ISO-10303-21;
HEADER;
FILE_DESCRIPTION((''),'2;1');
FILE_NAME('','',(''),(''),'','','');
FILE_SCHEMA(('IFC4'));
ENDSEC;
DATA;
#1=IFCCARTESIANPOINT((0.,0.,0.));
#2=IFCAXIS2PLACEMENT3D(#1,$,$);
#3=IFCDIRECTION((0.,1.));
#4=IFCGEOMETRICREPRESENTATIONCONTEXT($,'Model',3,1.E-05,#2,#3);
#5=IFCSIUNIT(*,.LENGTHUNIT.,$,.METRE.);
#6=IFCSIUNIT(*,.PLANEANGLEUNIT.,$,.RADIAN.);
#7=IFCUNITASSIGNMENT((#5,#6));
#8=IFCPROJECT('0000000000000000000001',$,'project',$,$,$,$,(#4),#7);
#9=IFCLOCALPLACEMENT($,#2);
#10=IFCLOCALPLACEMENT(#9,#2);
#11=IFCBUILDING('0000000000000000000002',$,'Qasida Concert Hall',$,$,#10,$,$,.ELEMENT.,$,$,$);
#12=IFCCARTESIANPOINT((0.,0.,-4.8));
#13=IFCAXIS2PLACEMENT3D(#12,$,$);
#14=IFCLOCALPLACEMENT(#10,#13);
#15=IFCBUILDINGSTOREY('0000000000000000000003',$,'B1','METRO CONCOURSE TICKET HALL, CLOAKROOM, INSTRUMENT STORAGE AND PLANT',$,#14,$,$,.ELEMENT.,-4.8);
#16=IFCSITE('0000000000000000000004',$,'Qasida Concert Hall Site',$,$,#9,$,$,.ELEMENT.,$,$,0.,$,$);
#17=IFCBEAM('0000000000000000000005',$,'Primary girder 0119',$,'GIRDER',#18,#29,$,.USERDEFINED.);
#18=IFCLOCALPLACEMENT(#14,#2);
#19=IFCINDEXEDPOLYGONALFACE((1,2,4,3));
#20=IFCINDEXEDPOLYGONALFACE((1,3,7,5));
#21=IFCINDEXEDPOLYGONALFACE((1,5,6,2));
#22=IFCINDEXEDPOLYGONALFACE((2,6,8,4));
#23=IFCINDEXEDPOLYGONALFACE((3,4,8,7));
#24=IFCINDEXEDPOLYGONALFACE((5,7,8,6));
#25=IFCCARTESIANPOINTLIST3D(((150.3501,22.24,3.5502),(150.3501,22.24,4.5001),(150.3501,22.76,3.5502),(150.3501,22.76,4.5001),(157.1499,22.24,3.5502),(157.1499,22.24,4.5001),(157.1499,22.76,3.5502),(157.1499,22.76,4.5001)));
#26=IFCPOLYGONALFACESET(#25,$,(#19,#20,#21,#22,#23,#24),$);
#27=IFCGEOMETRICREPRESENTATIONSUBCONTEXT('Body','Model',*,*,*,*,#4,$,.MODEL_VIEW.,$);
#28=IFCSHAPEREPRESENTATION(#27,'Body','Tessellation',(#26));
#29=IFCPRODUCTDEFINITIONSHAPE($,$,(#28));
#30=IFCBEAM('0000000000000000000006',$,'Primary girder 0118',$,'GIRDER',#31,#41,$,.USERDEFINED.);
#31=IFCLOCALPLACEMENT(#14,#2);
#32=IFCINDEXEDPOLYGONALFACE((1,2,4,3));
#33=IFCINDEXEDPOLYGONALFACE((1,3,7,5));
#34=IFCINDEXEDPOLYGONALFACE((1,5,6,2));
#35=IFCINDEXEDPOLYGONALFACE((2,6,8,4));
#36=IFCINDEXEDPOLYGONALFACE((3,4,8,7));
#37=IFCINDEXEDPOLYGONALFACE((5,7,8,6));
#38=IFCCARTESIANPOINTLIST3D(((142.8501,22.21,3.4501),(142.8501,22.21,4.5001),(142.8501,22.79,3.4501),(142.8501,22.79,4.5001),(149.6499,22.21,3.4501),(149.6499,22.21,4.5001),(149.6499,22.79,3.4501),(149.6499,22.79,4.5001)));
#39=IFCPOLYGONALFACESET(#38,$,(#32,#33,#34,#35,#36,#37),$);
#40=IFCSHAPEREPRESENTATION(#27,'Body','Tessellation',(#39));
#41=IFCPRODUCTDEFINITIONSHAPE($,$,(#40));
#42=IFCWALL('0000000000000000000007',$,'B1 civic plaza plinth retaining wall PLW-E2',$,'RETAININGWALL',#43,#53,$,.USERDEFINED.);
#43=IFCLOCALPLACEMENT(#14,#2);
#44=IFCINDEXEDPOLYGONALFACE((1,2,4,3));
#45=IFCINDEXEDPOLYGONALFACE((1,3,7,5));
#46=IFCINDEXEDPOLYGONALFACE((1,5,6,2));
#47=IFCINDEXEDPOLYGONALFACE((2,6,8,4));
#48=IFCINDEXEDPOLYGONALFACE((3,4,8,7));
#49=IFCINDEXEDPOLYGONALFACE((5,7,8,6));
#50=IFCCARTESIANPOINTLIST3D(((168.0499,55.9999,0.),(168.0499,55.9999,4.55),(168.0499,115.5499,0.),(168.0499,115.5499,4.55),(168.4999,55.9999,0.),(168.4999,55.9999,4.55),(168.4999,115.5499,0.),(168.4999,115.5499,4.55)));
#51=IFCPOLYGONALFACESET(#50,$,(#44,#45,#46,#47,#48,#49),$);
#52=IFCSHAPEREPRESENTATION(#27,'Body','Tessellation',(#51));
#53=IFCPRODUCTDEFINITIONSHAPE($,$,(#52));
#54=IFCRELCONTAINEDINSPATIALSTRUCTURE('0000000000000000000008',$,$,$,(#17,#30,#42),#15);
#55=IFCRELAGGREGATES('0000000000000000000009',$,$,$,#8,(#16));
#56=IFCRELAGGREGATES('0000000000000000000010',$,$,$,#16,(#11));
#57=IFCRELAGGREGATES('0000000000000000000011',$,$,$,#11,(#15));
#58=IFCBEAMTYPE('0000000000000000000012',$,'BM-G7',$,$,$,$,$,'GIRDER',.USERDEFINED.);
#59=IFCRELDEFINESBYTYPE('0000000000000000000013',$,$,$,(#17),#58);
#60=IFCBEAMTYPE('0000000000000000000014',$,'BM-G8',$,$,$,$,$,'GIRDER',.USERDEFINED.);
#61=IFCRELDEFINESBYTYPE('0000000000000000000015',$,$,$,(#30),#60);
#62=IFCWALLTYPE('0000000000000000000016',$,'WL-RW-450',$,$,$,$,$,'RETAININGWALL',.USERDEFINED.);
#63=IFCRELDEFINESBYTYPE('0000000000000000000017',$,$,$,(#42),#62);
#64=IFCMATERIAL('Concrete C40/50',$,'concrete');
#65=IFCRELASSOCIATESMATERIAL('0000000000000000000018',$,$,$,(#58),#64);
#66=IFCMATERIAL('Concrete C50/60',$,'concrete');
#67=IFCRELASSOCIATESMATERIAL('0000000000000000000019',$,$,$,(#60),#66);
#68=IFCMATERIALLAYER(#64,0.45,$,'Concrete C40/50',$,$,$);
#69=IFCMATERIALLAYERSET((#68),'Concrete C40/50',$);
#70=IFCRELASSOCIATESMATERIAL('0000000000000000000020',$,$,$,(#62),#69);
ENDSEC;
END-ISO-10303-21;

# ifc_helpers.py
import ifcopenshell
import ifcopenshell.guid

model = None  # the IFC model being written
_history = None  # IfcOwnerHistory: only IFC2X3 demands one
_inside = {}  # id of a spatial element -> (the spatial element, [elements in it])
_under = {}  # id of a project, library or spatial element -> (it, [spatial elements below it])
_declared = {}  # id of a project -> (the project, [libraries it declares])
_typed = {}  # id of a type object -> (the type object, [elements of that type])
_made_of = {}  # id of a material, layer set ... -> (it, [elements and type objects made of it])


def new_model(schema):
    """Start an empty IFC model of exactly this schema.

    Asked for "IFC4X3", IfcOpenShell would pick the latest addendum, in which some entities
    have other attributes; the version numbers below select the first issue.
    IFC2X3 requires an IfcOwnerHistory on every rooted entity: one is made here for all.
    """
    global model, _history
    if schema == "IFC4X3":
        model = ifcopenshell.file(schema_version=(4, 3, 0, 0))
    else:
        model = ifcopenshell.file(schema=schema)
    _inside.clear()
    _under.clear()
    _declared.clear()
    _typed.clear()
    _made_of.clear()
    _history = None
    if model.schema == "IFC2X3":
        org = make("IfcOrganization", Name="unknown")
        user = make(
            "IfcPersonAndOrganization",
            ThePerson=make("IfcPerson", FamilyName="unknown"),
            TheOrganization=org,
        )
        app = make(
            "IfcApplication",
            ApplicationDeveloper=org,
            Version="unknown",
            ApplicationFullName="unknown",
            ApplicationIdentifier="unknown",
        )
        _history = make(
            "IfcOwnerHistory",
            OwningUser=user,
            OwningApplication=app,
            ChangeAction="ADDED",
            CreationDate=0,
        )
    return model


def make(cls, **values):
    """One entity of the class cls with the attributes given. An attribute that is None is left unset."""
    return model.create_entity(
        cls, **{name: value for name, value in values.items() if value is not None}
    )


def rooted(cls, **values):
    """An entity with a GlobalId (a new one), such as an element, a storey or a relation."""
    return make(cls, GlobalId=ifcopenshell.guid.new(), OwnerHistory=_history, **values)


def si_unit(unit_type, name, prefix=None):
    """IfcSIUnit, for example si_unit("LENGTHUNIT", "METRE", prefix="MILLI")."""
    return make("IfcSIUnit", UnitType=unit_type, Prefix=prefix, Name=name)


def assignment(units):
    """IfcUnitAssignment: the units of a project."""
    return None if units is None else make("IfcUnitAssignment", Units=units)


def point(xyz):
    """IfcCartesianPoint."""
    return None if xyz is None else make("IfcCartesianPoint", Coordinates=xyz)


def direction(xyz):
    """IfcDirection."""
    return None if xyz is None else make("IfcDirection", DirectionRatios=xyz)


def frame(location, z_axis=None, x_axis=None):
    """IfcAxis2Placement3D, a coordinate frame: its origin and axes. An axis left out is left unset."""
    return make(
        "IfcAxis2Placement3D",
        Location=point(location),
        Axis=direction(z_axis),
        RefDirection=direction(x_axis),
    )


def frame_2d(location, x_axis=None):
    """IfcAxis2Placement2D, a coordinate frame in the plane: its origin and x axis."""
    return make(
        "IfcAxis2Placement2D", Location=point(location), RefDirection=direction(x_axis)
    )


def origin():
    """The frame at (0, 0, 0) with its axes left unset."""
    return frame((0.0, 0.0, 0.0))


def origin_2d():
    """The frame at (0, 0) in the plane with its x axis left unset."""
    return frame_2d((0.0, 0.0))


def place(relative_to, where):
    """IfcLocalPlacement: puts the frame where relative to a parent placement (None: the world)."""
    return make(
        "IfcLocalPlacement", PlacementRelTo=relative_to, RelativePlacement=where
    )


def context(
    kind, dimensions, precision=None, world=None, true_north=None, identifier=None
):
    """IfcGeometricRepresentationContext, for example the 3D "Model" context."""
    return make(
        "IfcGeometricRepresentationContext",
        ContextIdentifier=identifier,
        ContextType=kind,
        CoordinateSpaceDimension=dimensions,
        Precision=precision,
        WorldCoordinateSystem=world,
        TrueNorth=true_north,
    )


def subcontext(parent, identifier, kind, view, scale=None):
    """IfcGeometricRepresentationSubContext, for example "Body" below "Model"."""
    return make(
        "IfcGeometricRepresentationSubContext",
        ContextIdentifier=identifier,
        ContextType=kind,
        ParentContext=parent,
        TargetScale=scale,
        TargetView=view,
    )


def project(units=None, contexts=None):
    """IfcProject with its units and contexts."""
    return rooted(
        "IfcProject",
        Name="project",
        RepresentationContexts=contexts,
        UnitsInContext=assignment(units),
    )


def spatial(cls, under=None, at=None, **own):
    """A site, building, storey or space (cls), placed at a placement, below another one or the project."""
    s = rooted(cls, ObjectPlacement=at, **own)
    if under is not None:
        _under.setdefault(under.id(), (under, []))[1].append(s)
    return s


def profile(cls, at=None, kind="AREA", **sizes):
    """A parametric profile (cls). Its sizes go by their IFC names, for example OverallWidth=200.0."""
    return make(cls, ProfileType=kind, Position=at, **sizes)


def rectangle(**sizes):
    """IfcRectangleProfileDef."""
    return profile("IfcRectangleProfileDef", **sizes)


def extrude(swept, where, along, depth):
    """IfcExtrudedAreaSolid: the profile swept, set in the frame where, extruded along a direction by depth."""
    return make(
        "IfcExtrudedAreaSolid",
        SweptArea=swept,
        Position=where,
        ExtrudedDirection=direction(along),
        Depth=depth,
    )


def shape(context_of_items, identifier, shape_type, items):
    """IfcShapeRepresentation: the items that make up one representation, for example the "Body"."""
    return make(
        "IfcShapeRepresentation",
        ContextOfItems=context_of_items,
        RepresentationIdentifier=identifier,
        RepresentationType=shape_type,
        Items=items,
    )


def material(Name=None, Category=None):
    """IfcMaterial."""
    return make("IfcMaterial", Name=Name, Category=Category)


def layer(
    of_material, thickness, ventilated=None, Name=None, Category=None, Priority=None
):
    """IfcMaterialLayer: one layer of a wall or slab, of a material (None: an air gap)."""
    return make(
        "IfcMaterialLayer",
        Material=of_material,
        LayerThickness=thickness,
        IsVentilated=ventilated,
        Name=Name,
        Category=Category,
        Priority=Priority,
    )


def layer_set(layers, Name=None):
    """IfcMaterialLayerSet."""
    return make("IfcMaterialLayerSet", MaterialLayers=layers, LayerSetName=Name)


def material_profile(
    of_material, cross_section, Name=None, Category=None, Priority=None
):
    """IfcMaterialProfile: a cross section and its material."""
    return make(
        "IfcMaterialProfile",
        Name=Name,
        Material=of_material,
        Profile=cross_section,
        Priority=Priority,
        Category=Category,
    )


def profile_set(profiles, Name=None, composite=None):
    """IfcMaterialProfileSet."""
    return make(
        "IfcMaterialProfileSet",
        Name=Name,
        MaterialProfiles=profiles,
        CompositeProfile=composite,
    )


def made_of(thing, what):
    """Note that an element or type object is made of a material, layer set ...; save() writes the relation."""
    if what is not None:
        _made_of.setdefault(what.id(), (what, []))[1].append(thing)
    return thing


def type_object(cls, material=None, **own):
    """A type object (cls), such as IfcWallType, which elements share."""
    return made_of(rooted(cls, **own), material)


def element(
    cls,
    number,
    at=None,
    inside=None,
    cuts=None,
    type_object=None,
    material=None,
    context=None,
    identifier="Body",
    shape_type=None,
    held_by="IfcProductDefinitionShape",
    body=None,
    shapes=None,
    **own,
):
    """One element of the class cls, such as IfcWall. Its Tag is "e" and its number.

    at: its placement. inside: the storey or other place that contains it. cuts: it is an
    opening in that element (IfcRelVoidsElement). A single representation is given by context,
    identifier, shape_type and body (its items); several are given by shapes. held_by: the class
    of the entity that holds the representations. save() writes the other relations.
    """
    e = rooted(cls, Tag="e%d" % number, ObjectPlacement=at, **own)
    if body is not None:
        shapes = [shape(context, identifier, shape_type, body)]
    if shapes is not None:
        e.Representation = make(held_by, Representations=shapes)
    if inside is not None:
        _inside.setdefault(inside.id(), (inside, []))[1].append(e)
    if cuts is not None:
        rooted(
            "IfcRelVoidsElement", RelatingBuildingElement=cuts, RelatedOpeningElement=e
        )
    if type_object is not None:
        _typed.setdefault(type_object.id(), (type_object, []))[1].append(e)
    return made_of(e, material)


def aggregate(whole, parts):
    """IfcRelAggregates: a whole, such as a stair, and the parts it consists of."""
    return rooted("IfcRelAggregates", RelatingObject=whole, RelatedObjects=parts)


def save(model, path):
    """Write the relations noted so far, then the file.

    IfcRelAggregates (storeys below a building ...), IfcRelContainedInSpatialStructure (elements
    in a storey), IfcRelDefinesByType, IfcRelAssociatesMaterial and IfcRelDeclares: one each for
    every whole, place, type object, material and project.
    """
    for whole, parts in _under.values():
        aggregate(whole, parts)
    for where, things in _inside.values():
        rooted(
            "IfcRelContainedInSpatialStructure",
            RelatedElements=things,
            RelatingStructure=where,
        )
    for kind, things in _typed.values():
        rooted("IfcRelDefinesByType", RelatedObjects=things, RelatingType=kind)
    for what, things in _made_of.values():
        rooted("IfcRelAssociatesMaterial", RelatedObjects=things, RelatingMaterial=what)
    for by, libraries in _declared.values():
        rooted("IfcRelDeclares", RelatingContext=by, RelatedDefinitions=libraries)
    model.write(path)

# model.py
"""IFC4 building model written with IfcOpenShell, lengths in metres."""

from ifc_helpers import new_model, si_unit, direction, frame, frame_2d, origin, origin_2d, place, context, subcontext, project, spatial, rectangle, extrude, material, layer, layer_set, material_profile, profile_set, type_object, element, save


model = new_model("IFC4")

# Units and contexts
model_context = context("Model", 3, precision=1e-05, world=origin(), true_north=direction((0.0, 1.0)))
body_context = subcontext(model_context, "Body", "Model", "MODEL_VIEW")
ifc_project = project(units=[si_unit("LENGTHUNIT", "METRE"), si_unit("PLANEANGLEUNIT", "RADIAN")], contexts=[model_context])

# Site, building, storey
site_placement = place(None, origin())
site = spatial("IfcSite", under=ifc_project, at=site_placement, Name="Qasida Concert Hall Site", CompositionType="ELEMENT", RefElevation=0.0)
building_placement = place(site_placement, origin())
building = spatial("IfcBuilding", under=site, at=building_placement, Name="Qasida Concert Hall", CompositionType="ELEMENT")
storey_placement = place(building_placement, frame((0.0, 0.0, -4.8)))
storey = spatial("IfcBuildingStorey", under=building, at=storey_placement, Name="B1", Description="METRO CONCOURSE TICKET HALL, CLOAKROOM, INSTRUMENT STORAGE AND PLANT", CompositionType="ELEMENT", Elevation=-4.8)

# Shared definitions
ifc_material_1 = material(Name="Concrete C40/50", Category="concrete")

# Shared definitions
ifc_material_2 = material(Name="Concrete C50/60", Category="concrete")

# Beams
ifc_material_profile_1 = material_profile(ifc_material_1, rectangle(XDim=0.52, YDim=0.95, at=origin_2d()), Name="RC 520x950")
ifc_profile_set_1 = profile_set([ifc_material_profile_1], Name="Concrete C40/50")
beam_type_1 = type_object("IfcBeamType", Name="BM-G7", ElementType="GIRDER", PredefinedType="USERDEFINED", material=ifc_profile_set_1)
beam_1_placement = place(storey_placement, frame((150.3501, 22.5, 4.0251), z_axis=(1.0, 0.0, 0.0), x_axis=(0.0, 1.0, 0.0)))
element("IfcBeam", 1, at=beam_1_placement, inside=storey, type_object=beam_type_1, Name="Primary girder 0119", ObjectType="GIRDER", PredefinedType="USERDEFINED", context=body_context, shape_type="SweptSolid", body=[
    extrude(rectangle(XDim=0.52, YDim=0.95, at=origin_2d()), origin(), (0.0, 0.0, 1.0), 6.7998),
])
ifc_material_profile_2 = material_profile(ifc_material_2, rectangle(XDim=0.5801, YDim=1.05, at=origin_2d()), Name="RC 580x1050")
ifc_profile_set_2 = profile_set([ifc_material_profile_2], Name="Concrete C50/60")
beam_type_2 = type_object("IfcBeamType", Name="BM-G8", ElementType="GIRDER", PredefinedType="USERDEFINED", material=ifc_profile_set_2)
beam_2_placement = place(storey_placement, frame((142.8501, 22.5, 3.9751), z_axis=(1.0, 0.0, 0.0), x_axis=(0.0, 1.0, 0.0)))
element("IfcBeam", 2, at=beam_2_placement, inside=storey, type_object=beam_type_2, Name="Primary girder 0118", ObjectType="GIRDER", PredefinedType="USERDEFINED", context=body_context, shape_type="SweptSolid", body=[
    extrude(rectangle(XDim=0.5801, YDim=1.05, at=origin_2d()), origin(), (0.0, 0.0, 1.0), 6.7998),
])

# Wall
ifc_layer = layer(ifc_material_1, 0.45, Name="Concrete C40/50")
ifc_layer_set = layer_set([ifc_layer], Name="Concrete C40/50")
wall_type = type_object("IfcWallType", Name="WL-RW-450", ElementType="RETAININGWALL", PredefinedType="USERDEFINED", material=ifc_layer_set)
wall_placement = place(storey_placement, frame((168.2749, 56.0, 0.0), z_axis=(0.0, 0.0, 1.0), x_axis=(0.0, 1.0, 0.0)))
element("IfcWall", 3, at=wall_placement, inside=storey, type_object=wall_type, Name="B1 civic plaza plinth retaining wall PLW-E2", ObjectType="RETAININGWALL", PredefinedType="USERDEFINED", context=body_context, shape_type="SweptSolid", body=[
    extrude(rectangle(XDim=59.55, YDim=0.45, at=frame_2d((29.7749, 0.0))), origin(), (0.0, 0.0, 1.0), 4.55),
])

save(model, "model.ifc")
